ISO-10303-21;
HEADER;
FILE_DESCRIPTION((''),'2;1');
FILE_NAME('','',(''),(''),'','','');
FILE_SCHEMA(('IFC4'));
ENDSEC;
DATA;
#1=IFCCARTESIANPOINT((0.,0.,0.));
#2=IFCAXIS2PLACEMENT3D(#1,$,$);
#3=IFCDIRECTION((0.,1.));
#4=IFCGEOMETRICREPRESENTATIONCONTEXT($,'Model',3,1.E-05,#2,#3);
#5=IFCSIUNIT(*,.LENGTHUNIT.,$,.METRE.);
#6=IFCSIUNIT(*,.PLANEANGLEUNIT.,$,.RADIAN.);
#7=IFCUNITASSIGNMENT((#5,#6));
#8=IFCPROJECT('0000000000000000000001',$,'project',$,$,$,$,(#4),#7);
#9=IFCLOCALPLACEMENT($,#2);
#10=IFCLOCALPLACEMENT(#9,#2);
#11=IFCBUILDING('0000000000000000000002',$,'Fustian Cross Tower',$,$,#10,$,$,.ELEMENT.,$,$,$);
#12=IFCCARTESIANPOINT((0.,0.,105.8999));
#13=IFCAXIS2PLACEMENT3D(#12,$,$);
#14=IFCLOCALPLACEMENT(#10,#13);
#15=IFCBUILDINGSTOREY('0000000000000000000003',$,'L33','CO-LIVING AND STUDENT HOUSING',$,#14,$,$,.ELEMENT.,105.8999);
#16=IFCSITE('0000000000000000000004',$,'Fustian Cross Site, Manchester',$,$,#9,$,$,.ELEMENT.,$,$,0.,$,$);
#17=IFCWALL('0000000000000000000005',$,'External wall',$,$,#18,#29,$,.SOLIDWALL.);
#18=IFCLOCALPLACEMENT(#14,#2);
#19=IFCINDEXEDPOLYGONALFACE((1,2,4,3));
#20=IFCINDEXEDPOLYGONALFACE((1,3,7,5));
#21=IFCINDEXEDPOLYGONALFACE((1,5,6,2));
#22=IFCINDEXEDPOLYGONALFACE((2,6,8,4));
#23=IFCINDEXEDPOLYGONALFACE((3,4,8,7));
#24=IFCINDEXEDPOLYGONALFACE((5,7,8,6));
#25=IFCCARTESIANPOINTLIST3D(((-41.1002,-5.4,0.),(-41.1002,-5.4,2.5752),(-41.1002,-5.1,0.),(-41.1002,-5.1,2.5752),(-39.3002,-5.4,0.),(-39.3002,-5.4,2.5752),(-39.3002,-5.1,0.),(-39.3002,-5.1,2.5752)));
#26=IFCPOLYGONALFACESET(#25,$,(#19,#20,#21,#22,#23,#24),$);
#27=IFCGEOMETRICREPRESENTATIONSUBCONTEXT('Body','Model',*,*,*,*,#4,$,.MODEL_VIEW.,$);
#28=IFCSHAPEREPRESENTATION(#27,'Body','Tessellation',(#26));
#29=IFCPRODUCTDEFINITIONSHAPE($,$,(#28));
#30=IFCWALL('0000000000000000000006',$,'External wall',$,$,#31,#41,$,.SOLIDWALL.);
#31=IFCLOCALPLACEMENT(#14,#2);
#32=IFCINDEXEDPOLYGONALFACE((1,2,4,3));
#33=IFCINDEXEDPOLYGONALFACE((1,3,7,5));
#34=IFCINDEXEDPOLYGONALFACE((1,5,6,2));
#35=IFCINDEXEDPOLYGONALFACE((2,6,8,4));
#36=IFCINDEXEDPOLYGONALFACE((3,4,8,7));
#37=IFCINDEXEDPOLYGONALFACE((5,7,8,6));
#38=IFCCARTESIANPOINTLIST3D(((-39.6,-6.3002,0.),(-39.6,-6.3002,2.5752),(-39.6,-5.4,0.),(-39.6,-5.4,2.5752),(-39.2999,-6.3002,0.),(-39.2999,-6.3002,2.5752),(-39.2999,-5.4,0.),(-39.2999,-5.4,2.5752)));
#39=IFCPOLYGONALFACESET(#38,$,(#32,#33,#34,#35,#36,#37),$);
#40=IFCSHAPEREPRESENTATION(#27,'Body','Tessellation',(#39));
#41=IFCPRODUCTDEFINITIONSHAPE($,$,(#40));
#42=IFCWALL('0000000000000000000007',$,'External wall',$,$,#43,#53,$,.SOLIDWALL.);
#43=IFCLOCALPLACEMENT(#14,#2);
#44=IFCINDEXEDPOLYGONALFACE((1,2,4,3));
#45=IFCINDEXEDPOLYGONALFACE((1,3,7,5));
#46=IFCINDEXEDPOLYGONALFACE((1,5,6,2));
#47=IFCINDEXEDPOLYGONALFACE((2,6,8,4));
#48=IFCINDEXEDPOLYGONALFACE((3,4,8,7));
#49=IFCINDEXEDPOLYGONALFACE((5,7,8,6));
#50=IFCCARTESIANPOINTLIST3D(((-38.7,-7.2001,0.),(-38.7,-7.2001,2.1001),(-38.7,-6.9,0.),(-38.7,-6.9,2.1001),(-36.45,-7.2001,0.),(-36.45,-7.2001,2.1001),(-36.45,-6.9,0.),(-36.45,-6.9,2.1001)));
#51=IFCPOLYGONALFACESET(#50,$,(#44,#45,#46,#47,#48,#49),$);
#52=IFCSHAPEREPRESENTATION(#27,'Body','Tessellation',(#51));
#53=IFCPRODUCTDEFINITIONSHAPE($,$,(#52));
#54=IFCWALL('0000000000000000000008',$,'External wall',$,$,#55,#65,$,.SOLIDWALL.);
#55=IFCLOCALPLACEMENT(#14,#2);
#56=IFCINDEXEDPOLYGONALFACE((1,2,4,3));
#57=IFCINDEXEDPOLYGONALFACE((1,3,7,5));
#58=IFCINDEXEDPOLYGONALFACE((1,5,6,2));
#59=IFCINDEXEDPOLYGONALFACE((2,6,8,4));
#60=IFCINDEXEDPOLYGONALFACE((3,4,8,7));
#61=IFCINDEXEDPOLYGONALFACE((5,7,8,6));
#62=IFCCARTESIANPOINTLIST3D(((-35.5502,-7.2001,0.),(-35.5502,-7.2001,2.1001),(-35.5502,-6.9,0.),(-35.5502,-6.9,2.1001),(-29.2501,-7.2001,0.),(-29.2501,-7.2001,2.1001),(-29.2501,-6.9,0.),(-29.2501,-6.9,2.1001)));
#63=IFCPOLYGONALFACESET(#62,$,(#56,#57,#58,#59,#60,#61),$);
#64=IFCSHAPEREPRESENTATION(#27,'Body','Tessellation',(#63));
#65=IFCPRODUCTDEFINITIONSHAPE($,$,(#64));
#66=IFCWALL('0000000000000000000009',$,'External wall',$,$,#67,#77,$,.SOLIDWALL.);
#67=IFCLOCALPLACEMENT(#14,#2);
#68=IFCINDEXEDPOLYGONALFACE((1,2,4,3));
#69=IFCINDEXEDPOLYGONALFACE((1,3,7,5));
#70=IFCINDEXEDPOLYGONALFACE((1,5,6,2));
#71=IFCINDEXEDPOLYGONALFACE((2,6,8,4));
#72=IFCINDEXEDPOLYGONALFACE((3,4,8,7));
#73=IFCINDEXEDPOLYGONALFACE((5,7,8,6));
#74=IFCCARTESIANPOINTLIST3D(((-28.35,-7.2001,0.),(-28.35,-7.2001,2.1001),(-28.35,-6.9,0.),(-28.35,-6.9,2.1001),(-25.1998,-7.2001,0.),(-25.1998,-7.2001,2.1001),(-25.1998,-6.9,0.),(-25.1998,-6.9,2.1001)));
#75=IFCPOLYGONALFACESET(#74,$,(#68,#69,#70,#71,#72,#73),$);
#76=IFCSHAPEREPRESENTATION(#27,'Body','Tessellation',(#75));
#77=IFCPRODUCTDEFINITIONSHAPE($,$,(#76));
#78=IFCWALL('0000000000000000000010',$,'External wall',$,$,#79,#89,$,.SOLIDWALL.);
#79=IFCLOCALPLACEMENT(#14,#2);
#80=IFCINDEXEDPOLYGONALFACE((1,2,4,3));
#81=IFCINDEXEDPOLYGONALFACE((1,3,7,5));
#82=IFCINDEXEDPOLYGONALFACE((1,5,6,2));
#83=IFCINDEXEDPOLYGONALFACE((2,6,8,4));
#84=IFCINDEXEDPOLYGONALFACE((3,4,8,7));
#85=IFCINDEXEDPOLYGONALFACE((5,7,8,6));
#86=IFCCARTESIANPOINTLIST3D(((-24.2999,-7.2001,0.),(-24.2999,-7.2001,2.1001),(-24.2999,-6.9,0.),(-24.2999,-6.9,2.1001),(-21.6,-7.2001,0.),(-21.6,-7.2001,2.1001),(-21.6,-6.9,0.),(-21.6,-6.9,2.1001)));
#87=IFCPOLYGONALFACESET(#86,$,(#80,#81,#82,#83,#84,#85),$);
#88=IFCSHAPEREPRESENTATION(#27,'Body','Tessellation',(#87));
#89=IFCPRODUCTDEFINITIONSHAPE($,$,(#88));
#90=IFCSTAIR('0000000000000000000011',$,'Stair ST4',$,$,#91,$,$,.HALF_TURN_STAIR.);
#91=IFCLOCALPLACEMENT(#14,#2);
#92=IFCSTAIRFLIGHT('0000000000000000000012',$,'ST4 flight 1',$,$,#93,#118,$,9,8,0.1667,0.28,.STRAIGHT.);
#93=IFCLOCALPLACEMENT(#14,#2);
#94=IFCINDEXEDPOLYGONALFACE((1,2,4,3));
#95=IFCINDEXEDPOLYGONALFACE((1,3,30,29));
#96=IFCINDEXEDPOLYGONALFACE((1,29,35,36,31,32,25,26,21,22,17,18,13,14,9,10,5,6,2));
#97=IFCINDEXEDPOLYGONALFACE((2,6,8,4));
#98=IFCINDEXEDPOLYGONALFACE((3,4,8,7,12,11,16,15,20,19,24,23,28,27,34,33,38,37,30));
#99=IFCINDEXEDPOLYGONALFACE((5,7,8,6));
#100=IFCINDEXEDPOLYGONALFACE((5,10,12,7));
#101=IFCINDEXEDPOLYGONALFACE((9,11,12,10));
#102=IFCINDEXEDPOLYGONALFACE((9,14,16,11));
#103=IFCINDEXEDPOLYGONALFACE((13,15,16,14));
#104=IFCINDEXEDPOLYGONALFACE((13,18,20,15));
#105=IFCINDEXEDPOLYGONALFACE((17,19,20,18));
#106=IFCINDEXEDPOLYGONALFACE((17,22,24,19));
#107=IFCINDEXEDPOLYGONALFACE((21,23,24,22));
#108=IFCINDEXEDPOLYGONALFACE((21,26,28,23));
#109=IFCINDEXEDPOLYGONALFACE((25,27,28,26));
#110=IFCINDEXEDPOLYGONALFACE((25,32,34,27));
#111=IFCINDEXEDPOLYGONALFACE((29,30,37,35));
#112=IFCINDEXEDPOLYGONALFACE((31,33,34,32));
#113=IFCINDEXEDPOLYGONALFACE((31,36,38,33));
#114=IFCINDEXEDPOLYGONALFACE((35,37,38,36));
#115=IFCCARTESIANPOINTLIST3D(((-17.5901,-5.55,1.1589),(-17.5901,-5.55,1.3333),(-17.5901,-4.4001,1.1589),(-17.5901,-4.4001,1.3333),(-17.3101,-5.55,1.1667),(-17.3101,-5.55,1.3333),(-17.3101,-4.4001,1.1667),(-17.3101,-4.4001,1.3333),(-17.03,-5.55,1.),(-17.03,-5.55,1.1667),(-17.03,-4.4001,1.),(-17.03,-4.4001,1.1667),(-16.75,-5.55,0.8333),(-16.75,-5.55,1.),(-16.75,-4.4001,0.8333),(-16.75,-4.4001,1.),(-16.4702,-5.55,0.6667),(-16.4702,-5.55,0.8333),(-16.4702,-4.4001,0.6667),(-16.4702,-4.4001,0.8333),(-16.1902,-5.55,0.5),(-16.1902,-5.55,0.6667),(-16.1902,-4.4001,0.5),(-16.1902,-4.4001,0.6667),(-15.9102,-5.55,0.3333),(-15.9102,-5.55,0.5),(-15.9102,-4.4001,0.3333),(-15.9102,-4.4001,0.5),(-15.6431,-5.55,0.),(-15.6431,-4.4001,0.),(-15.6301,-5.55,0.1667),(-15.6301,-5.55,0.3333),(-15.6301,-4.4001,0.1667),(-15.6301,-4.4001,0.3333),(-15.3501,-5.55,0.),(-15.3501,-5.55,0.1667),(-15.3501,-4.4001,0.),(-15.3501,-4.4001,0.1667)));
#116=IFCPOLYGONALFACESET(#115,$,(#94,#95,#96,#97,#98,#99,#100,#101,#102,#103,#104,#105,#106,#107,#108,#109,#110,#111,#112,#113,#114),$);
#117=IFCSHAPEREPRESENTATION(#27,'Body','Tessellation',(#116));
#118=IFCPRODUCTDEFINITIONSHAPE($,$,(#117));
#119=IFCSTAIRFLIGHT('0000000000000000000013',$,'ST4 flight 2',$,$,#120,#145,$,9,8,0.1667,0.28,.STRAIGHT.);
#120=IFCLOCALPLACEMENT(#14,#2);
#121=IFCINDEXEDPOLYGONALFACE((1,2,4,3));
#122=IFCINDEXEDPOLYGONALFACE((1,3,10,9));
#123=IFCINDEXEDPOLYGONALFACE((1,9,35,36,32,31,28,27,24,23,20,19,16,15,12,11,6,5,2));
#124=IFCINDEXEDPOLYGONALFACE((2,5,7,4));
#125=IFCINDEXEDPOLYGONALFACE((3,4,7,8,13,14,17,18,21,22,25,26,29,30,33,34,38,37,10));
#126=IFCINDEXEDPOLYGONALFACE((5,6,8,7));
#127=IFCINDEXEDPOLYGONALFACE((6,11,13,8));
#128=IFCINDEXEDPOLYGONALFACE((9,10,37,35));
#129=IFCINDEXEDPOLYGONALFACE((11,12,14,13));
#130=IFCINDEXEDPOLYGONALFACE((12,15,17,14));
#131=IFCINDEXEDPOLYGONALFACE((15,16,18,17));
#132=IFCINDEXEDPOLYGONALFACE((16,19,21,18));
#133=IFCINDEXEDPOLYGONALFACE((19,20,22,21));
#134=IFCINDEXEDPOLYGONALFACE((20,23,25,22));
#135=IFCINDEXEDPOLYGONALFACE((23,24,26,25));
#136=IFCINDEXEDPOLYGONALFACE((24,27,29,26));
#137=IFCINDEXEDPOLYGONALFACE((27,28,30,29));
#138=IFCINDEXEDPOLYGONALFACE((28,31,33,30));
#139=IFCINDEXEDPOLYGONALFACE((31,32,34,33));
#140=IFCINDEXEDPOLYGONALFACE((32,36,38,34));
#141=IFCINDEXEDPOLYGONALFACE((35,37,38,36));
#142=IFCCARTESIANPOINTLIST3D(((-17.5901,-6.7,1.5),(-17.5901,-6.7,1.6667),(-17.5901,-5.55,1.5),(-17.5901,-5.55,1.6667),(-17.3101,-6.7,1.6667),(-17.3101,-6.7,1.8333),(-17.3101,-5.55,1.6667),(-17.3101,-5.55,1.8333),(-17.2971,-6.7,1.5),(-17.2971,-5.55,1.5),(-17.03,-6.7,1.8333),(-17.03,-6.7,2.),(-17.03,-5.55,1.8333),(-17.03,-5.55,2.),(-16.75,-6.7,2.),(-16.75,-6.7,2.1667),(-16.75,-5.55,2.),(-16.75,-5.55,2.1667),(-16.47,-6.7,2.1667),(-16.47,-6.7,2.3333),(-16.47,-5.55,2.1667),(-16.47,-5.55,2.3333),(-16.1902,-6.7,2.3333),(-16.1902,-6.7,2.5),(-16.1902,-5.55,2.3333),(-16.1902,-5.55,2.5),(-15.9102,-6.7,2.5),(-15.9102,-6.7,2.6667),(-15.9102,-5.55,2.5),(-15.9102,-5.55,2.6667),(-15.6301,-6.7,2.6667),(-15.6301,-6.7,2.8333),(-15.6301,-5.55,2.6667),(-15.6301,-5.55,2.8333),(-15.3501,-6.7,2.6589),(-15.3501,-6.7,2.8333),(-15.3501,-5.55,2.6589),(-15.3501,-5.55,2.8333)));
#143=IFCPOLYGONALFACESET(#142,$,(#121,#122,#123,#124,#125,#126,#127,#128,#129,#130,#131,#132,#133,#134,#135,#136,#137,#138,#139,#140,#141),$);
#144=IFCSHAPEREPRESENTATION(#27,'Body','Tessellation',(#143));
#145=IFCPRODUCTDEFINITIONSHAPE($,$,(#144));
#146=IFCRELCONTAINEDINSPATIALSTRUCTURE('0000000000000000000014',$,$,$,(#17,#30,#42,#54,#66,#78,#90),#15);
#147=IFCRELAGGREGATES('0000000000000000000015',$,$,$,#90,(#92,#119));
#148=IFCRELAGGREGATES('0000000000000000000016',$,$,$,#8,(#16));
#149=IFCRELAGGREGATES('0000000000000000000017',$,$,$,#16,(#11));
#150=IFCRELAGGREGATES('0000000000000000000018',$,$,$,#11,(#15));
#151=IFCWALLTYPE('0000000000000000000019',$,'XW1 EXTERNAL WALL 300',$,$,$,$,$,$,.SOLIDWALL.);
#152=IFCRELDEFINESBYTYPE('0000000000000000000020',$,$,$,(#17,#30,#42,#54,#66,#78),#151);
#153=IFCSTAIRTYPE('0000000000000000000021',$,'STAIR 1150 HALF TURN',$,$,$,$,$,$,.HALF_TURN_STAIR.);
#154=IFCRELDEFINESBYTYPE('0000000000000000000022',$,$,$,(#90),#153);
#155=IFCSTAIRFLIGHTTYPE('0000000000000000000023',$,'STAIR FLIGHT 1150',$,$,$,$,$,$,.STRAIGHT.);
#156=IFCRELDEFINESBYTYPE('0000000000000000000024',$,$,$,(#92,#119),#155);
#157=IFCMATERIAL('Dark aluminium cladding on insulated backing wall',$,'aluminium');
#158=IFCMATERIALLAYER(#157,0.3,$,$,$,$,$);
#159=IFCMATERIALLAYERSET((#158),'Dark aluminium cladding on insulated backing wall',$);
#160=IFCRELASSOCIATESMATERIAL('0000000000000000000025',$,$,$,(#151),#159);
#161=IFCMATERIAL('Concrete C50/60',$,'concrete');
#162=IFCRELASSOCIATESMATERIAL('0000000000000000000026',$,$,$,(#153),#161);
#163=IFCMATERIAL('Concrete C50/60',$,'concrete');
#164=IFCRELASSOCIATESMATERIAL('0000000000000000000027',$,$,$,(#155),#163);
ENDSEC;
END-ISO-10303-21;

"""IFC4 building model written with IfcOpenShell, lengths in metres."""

from ifc_helpers import new_model, si_unit, direction, frame, frame_2d, origin, place, context, subcontext, project, spatial, polyline, rectangle, outline, extrude, material, layer, layer_set, type_object, element, aggregate, save


model = new_model("IFC4")

# Units and contexts
model_context = context("Model", 3, precision=1e-05, world=origin(), true_north=direction((0.0, 1.0)))
body_context = subcontext(model_context, "Body", "Model", "MODEL_VIEW")
ifc_project = project(units=[si_unit("LENGTHUNIT", "METRE"), si_unit("PLANEANGLEUNIT", "RADIAN")], contexts=[model_context])

# Site, building, storey
site_placement = place(None, origin())
site = spatial("IfcSite", under=ifc_project, at=site_placement, Name="Fustian Cross Site, Manchester", CompositionType="ELEMENT", RefElevation=0.0)
building_placement = place(site_placement, origin())
building = spatial("IfcBuilding", under=site, at=building_placement, Name="Fustian Cross Tower", CompositionType="ELEMENT")
storey_placement = place(building_placement, frame((0.0, 0.0, 105.8999)))
storey = spatial("IfcBuildingStorey", under=building, at=storey_placement, Name="L33", Description="CO-LIVING AND STUDENT HOUSING", CompositionType="ELEMENT", Elevation=105.8999)

# Walls
ifc_material_1 = material(Name="Dark aluminium cladding on insulated backing wall", Category="aluminium")
ifc_layer_1 = layer(ifc_material_1, 0.3)
ifc_layer_set_1 = layer_set([ifc_layer_1], Name="Dark aluminium cladding on insulated backing wall")
wall_type_1 = type_object("IfcWallType", Name="XW1 EXTERNAL WALL 300", PredefinedType="SOLIDWALL", material=ifc_layer_set_1)
wall_1_placement = place(storey_placement, frame((-41.1001, -5.25, 0.0), z_axis=(0.0, 0.0, 1.0), x_axis=(1.0, 0.0, 0.0)))
element("IfcWall", 1, at=wall_1_placement, inside=storey, type_object=wall_type_1, Name="External wall", PredefinedType="SOLIDWALL", context=body_context, shape_type="SweptSolid", body=[
    extrude(rectangle(XDim=1.8, YDim=0.3, at=frame_2d((0.8999, 0.0))), origin(), (0.0, 0.0, 1.0), 2.5752),
])
wall_2_placement = place(storey_placement, frame((-39.45, -5.3999, 0.0), z_axis=(0.0, 0.0, 1.0), x_axis=(0.0, -1.0, 0.0)))
element("IfcWall", 2, at=wall_2_placement, inside=storey, type_object=wall_type_1, Name="External wall", PredefinedType="SOLIDWALL", context=body_context, shape_type="SweptSolid", body=[
    extrude(rectangle(XDim=0.9001, YDim=0.3, at=frame_2d((0.4502, 0.0))), origin(), (0.0, 0.0, 1.0), 2.5752),
])
wall_3_placement = place(storey_placement, frame((-38.7, -7.05, 0.0), z_axis=(0.0, 0.0, 1.0), x_axis=(1.0, 0.0, 0.0)))
element("IfcWall", 3, at=wall_3_placement, inside=storey, type_object=wall_type_1, Name="External wall", PredefinedType="SOLIDWALL", context=body_context, shape_type="SweptSolid", body=[
    extrude(rectangle(XDim=2.25, YDim=0.3, at=frame_2d((1.125, 0.0))), origin(), (0.0, 0.0, 1.0), 2.1001),
])
wall_4_placement = place(storey_placement, frame((-35.55, -7.05, 0.0), z_axis=(0.0, 0.0, 1.0), x_axis=(1.0, 0.0, 0.0)))
element("IfcWall", 4, at=wall_4_placement, inside=storey, type_object=wall_type_1, Name="External wall", PredefinedType="SOLIDWALL", context=body_context, shape_type="SweptSolid", body=[
    extrude(rectangle(XDim=6.3, YDim=0.3, at=frame_2d((3.1499, 0.0))), origin(), (0.0, 0.0, 1.0), 2.1001),
])
wall_5_placement = place(storey_placement, frame((-28.3501, -7.05, 0.0), z_axis=(0.0, 0.0, 1.0), x_axis=(1.0, 0.0, 0.0)))
element("IfcWall", 5, at=wall_5_placement, inside=storey, type_object=wall_type_1, Name="External wall", PredefinedType="SOLIDWALL", context=body_context, shape_type="SweptSolid", body=[
    extrude(rectangle(XDim=3.1501, YDim=0.3, at=frame_2d((1.5752, 0.0))), origin(), (0.0, 0.0, 1.0), 2.1001),
])
wall_6_placement = place(storey_placement, frame((-24.3, -7.05, 0.0), z_axis=(0.0, 0.0, 1.0), x_axis=(1.0, 0.0, 0.0)))
element("IfcWall", 6, at=wall_6_placement, inside=storey, type_object=wall_type_1, Name="External wall", PredefinedType="SOLIDWALL", context=body_context, shape_type="SweptSolid", body=[
    extrude(rectangle(XDim=2.7, YDim=0.3, at=frame_2d((1.3501, 0.0))), origin(), (0.0, 0.0, 1.0), 2.1001),
])

# Stair, stair flights
ifc_material_2 = material(Name="Concrete C50/60", Category="concrete")
stair_type = type_object("IfcStairType", Name="STAIR 1150 HALF TURN", PredefinedType="HALF_TURN_STAIR", material=ifc_material_2)
stair_placement = place(storey_placement, origin())
stair = element("IfcStair", 7, at=stair_placement, inside=storey, type_object=stair_type, Name="Stair ST4", PredefinedType="HALF_TURN_STAIR")
ifc_material_3 = material(Name="Concrete C50/60", Category="concrete")
stair_flight_type = type_object("IfcStairFlightType", Name="STAIR FLIGHT 1150", PredefinedType="STRAIGHT", material=ifc_material_3)
stair_flight_1_placement = place(storey_placement, frame((-15.3501, -4.9751, 0.0), z_axis=(0.0, 0.0, 1.0), x_axis=(-1.0, 0.0, 0.0)))
stair_flight_1 = element("IfcStairFlight", 8, at=stair_flight_1_placement, type_object=stair_flight_type, Name="ST4 flight 1", NumberOfRisers=9, NumberOfTreads=8, PredefinedType="STRAIGHT", RiserHeight=0.1667, TreadLength=0.28, context=body_context, shape_type="SweptSolid", body=[
    extrude(outline(polyline([(0.0, 0.0), (0.0, 0.1667), (0.28, 0.1667), (0.28, 0.3333), (0.5601, 0.3333), (0.5601, 0.5), (0.8401, 0.5), (0.8401, 0.6667), (1.1201, 0.6667), (1.1201, 0.8333), (1.3999, 0.8333), (1.3999, 1.0), (1.6799, 1.0), (1.6799, 1.1667), (1.96, 1.1667), (1.96, 1.3333), (2.24, 1.3333), (2.24, 1.5), (2.24, 1.1589), (0.293, 0.0), (0.0, 0.0)])), frame((0.0, 0.575, 0.0), z_axis=(0.0, -1.0, 0.0), x_axis=(1.0, 0.0, 0.0)), (0.0, 0.0, 1.0), 1.1499),
])
stair_flight_2_placement = place(storey_placement, frame((-17.5901, -6.125, 1.5), z_axis=(0.0, 0.0, 1.0), x_axis=(1.0, 0.0, 0.0)))
stair_flight_2 = element("IfcStairFlight", 9, at=stair_flight_2_placement, type_object=stair_flight_type, Name="ST4 flight 2", NumberOfRisers=9, NumberOfTreads=8, PredefinedType="STRAIGHT", RiserHeight=0.1667, TreadLength=0.28, context=body_context, shape_type="SweptSolid", body=[
    extrude(outline(polyline([(0.0, 0.0), (0.0, 0.1667), (0.28, 0.1667), (0.28, 0.3333), (0.5601, 0.3333), (0.5601, 0.5), (0.8401, 0.5), (0.8401, 0.6667), (1.1201, 0.6667), (1.1201, 0.8333), (1.3999, 0.8333), (1.3999, 1.0), (1.6799, 1.0), (1.6799, 1.1667), (1.96, 1.1667), (1.96, 1.3333), (2.24, 1.3333), (2.24, 1.5), (2.24, 1.1589), (0.293, 0.0), (0.0, 0.0)])), frame((0.0, 0.575, 0.0), z_axis=(0.0, -1.0, 0.0), x_axis=(1.0, 0.0, 0.0)), (0.0, 0.0, 1.0), 1.1499),
])
aggregate(stair, [stair_flight_1, stair_flight_2])

save(model, "model.ifc")
